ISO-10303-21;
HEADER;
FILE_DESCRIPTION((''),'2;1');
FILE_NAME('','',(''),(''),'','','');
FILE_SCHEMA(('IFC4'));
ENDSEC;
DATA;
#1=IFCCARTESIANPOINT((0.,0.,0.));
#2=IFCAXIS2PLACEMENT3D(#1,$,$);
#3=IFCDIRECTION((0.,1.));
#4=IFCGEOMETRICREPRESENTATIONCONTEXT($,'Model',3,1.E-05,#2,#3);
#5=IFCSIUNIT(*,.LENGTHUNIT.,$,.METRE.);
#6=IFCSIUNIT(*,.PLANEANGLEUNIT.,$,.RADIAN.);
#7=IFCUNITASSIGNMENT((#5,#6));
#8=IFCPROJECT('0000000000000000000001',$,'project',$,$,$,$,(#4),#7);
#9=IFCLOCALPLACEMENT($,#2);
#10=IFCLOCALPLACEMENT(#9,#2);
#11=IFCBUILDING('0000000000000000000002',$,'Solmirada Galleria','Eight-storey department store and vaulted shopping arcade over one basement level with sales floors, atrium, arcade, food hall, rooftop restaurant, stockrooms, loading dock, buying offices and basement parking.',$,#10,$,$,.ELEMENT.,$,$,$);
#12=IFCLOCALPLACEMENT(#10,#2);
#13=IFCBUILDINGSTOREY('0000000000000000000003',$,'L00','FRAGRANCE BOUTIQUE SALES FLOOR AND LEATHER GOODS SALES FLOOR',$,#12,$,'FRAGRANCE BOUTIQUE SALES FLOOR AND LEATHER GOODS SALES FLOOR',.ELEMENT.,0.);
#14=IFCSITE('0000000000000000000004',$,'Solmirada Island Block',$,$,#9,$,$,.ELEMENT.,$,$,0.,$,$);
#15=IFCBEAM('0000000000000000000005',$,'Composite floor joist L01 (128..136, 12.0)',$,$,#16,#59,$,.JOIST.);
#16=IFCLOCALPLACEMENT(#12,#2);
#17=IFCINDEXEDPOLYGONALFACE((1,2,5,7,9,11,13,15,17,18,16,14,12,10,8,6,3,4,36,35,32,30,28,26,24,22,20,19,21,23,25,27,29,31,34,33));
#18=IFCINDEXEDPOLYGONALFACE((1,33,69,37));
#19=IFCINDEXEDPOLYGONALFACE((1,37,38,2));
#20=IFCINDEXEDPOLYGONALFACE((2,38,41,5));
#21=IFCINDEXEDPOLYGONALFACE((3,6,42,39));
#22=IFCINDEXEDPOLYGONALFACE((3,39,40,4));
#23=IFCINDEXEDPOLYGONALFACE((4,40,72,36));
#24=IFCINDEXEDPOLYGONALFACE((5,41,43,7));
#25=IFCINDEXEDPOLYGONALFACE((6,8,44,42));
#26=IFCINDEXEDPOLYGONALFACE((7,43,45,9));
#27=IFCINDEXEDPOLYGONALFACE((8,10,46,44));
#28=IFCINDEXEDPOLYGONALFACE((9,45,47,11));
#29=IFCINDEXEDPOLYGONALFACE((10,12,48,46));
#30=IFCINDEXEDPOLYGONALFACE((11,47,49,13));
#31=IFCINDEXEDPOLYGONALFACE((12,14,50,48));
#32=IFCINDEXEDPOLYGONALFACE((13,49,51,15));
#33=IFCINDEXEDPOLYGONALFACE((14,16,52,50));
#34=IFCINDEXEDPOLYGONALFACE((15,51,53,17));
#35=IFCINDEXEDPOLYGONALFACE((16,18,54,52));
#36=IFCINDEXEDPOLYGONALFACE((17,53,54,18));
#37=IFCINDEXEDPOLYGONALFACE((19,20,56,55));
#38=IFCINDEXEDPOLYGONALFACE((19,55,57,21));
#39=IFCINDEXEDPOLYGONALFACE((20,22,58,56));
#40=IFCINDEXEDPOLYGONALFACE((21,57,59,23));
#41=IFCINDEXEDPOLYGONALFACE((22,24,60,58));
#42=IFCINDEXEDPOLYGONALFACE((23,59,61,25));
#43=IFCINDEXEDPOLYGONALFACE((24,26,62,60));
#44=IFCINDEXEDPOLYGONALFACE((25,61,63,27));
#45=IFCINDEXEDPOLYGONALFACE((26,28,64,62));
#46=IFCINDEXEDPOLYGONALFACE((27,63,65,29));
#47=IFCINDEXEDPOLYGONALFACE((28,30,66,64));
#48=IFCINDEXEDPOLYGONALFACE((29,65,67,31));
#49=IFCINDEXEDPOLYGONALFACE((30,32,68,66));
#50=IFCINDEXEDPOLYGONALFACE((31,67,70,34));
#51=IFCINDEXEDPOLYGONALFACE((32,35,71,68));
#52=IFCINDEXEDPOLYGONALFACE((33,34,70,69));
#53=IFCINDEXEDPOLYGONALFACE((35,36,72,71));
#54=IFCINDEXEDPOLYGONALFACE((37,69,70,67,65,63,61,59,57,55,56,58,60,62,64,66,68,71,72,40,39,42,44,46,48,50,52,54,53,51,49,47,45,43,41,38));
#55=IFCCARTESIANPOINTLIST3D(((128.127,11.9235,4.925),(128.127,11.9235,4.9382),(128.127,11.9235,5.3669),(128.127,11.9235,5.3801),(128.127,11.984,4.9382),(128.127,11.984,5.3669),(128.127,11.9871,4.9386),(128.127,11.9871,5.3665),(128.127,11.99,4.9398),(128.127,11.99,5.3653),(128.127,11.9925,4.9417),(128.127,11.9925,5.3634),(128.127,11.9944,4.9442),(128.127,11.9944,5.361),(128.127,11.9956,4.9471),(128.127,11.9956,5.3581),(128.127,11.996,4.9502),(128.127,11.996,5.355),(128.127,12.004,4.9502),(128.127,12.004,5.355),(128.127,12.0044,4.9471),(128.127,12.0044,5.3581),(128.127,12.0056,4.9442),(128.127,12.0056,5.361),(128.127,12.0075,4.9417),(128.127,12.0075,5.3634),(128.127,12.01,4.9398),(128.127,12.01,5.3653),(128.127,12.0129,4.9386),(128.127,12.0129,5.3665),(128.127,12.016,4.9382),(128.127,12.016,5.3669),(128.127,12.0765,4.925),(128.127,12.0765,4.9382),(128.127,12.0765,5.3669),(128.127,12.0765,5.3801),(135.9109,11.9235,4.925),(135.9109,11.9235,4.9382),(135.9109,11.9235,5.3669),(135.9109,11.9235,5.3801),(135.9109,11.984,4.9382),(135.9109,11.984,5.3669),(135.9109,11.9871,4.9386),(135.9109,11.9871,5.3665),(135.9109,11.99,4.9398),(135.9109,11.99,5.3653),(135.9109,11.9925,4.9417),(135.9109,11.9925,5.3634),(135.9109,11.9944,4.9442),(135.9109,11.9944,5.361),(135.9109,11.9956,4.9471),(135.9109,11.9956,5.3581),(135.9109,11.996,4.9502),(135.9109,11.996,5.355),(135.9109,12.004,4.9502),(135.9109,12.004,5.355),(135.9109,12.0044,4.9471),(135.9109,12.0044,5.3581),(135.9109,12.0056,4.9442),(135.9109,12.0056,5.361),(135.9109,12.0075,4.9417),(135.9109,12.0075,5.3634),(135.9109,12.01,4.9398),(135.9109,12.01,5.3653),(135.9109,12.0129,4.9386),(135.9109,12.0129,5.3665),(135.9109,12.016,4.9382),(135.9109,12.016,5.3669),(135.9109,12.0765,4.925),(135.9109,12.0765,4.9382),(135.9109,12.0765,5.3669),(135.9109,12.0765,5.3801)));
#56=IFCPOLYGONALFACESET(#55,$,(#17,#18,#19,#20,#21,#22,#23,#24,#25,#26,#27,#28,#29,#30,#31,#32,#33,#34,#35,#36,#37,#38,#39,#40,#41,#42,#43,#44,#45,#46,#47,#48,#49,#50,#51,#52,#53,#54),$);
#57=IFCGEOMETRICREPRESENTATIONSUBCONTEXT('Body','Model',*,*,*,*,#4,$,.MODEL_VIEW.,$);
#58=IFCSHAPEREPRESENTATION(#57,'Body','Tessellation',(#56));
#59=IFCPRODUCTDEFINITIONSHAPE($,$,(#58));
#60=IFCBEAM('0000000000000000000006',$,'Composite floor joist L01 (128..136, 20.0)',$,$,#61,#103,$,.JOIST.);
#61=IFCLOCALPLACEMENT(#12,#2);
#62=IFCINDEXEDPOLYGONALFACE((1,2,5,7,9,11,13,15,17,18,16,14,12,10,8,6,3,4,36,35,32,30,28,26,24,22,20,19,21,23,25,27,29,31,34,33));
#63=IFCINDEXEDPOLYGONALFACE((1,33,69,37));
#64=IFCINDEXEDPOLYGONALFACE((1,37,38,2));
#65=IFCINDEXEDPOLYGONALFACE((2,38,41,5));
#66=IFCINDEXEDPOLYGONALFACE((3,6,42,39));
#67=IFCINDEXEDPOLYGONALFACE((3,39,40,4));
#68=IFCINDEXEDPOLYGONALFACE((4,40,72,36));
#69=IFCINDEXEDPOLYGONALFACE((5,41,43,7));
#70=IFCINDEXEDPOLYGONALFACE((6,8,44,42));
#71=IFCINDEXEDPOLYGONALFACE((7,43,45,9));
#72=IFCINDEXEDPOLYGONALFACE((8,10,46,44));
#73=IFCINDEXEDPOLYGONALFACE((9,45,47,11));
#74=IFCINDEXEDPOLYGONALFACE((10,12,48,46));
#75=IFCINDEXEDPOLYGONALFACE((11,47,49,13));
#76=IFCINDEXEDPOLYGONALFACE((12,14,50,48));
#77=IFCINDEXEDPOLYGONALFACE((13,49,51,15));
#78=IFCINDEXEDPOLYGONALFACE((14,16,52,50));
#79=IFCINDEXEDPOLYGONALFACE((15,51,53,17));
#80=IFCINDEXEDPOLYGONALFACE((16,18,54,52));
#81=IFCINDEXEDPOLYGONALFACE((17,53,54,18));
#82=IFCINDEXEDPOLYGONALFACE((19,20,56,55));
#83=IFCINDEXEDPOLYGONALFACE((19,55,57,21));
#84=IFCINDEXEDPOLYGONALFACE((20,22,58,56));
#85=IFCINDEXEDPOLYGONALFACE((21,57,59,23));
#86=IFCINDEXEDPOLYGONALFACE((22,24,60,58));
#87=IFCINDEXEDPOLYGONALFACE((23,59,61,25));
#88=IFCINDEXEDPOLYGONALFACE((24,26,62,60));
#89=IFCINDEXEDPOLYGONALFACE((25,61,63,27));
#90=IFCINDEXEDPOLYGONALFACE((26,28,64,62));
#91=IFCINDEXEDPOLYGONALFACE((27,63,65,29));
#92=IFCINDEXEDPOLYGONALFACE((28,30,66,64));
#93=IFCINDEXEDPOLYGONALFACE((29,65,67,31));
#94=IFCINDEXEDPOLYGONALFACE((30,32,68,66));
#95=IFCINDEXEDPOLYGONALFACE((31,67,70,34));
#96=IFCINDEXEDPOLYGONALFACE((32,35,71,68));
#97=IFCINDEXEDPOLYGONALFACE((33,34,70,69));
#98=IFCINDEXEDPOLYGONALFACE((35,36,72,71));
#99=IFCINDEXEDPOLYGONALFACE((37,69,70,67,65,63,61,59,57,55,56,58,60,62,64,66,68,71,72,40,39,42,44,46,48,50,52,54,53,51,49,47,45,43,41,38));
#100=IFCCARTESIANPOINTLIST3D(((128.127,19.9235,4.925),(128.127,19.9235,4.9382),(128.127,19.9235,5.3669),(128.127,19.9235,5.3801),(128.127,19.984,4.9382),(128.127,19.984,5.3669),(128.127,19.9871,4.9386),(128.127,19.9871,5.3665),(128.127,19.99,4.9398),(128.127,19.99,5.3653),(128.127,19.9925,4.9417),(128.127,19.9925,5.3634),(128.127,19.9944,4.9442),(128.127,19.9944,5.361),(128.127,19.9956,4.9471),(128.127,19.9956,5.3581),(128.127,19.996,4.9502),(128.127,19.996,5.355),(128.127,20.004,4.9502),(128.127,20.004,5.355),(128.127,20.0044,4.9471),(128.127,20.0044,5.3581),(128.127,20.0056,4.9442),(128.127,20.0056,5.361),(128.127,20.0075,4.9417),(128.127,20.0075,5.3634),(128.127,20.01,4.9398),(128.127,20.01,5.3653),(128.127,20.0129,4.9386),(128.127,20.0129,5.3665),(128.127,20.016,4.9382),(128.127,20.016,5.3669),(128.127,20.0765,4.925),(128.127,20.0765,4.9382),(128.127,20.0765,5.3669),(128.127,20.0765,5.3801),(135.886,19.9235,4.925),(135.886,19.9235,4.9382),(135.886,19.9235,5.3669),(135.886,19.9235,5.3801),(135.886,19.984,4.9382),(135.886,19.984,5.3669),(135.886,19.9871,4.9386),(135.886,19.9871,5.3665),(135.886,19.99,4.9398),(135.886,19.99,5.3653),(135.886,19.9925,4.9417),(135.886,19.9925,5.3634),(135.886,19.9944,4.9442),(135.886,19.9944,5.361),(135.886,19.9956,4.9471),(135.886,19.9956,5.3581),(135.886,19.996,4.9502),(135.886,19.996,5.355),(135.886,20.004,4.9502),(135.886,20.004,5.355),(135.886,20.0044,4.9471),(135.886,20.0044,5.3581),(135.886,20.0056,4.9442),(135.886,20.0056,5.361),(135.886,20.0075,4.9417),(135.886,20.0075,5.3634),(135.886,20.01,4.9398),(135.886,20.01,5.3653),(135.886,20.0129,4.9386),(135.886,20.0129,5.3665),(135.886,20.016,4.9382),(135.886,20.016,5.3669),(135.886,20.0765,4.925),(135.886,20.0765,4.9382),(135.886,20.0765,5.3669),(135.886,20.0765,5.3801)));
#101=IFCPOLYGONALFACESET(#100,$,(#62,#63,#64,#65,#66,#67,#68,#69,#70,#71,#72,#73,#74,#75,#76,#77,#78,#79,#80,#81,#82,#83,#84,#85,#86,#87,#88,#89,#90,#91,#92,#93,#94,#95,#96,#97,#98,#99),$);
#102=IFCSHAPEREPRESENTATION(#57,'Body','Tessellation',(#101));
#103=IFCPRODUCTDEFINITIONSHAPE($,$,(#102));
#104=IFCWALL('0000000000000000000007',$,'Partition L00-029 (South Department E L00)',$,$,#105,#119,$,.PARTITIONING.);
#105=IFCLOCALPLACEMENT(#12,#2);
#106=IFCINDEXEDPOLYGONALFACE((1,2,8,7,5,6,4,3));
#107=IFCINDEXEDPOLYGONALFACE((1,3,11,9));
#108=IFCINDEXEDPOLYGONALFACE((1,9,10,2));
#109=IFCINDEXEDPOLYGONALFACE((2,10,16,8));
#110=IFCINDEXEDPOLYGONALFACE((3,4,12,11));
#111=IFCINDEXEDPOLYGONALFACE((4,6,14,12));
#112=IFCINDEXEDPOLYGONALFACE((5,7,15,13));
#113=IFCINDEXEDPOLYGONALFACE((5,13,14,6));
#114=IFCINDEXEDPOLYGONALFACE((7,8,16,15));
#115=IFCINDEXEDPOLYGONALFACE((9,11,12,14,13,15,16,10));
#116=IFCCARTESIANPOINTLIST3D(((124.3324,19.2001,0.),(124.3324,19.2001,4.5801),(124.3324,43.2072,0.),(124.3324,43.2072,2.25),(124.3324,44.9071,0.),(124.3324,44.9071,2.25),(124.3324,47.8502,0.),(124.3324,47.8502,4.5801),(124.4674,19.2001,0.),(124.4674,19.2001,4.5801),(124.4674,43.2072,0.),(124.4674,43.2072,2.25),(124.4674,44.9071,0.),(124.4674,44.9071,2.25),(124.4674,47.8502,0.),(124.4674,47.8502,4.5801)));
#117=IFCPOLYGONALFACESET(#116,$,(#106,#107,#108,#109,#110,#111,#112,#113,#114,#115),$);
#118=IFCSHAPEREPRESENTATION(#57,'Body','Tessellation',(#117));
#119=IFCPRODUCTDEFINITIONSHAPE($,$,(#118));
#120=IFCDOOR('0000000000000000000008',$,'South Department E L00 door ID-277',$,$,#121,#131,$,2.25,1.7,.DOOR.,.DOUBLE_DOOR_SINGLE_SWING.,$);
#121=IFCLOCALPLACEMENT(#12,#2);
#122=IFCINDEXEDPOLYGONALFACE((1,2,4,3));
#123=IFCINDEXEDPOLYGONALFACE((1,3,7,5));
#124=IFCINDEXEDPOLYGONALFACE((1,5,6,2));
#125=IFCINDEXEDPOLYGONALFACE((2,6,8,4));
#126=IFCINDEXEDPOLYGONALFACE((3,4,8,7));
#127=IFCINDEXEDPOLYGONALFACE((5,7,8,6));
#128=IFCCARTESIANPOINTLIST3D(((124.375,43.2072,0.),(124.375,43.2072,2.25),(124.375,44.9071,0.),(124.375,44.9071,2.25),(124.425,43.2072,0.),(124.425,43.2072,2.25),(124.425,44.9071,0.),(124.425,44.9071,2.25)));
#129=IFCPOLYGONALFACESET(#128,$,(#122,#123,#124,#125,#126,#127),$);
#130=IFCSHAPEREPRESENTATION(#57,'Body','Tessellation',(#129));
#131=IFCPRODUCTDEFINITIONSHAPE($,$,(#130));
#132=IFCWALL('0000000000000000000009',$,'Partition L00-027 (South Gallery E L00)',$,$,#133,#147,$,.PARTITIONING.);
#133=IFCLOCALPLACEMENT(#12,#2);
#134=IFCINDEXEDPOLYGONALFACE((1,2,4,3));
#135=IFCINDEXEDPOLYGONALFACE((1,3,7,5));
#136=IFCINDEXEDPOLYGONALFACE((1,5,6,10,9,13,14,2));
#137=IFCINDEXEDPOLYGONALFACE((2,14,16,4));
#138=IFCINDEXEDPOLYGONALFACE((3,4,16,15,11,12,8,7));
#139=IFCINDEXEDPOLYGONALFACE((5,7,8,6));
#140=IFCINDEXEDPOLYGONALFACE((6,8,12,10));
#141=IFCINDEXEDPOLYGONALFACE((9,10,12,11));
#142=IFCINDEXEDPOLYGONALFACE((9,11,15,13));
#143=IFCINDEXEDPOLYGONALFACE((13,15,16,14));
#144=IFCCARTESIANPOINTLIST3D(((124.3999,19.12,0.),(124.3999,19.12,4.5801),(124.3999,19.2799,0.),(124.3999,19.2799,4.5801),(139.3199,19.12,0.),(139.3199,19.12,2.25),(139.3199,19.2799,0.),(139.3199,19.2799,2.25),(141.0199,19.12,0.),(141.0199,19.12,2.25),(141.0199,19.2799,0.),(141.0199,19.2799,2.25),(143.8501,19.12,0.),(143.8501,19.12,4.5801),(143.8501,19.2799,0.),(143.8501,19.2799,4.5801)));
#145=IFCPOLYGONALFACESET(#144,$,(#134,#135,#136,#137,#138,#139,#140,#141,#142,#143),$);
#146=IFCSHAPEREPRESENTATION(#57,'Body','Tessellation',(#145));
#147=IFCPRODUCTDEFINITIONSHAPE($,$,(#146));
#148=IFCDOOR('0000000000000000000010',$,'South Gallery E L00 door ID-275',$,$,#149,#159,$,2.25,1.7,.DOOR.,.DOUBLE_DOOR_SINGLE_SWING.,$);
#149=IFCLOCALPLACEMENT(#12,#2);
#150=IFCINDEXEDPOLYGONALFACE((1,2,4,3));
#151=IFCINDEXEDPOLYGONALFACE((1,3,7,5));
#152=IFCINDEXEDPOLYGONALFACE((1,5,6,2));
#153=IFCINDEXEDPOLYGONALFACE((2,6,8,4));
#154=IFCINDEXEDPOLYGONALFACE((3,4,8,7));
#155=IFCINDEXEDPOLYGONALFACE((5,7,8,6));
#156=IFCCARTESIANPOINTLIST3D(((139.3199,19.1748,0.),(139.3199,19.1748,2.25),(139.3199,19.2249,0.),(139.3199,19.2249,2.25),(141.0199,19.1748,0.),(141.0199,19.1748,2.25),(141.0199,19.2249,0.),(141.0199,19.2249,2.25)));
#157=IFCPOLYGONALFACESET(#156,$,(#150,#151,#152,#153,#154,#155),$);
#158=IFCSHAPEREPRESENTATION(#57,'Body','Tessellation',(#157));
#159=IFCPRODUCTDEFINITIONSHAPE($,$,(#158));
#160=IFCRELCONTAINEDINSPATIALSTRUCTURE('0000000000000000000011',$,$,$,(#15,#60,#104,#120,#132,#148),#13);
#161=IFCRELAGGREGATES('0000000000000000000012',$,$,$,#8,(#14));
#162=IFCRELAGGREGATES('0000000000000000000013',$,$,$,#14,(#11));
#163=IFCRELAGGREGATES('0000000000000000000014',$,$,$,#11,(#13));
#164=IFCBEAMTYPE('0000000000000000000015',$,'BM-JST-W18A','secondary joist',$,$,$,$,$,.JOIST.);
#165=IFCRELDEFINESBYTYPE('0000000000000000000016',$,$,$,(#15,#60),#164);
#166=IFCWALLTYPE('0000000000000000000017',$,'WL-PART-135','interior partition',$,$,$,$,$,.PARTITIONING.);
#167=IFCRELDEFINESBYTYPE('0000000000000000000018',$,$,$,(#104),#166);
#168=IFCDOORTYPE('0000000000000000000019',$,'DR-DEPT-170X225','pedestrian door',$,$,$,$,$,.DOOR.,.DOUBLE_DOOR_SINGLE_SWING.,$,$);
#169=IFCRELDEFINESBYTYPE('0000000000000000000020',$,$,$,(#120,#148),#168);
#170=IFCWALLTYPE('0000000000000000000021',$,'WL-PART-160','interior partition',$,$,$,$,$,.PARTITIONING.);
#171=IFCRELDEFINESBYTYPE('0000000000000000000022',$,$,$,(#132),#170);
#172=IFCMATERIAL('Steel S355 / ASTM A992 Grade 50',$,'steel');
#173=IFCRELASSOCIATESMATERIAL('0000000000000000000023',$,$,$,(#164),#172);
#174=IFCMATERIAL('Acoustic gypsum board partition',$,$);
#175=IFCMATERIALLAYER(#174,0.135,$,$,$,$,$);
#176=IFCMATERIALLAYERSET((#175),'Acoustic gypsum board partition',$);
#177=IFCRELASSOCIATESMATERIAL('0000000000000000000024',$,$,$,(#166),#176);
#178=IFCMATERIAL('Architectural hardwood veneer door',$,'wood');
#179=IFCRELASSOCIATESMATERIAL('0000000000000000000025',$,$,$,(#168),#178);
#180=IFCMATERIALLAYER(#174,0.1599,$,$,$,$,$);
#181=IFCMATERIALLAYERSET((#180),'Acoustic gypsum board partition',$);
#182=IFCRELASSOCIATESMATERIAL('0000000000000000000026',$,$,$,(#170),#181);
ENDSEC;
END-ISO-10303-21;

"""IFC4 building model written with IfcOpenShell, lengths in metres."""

from ifc_helpers import new_model, si_unit, direction, frame, frame_2d, origin, origin_2d, place, context, subcontext, project, spatial, rectangle, i_section, extrude, material, layer, layer_set, material_profile, profile_set, type_object, element, fill, save


model = new_model("IFC4")

# Units and contexts
model_context = context("Model", 3, precision=1e-05, world=origin(), true_north=direction((0.0, 1.0)))
body_context = subcontext(model_context, "Body", "Model", "MODEL_VIEW")
ifc_project = project(units=[si_unit("LENGTHUNIT", "METRE"), si_unit("PLANEANGLEUNIT", "RADIAN")], contexts=[model_context])

# Site, building, storey
site_placement = place(None, origin())
site = spatial("IfcSite", under=ifc_project, at=site_placement, Name="Solmirada Island Block", CompositionType="ELEMENT", RefElevation=0.0)
building_placement = place(site_placement, origin())
building = spatial("IfcBuilding", under=site, at=building_placement, Name="Solmirada Galleria", Description="Eight-storey department store and vaulted shopping arcade over one basement level with sales floors, atrium, arcade, food hall, rooftop restaurant, stockrooms, loading dock, buying offices and basement parking.", CompositionType="ELEMENT")
storey_placement = place(building_placement, origin())
storey = spatial("IfcBuildingStorey", under=building, at=storey_placement, Name="L00", Description="FRAGRANCE BOUTIQUE SALES FLOOR AND LEATHER GOODS SALES FLOOR", LongName="FRAGRANCE BOUTIQUE SALES FLOOR AND LEATHER GOODS SALES FLOOR", CompositionType="ELEMENT", Elevation=0.0)

# Beams
ifc_material_1 = material(Name="Steel S355 / ASTM A992 Grade 50", Category="steel")
ifc_material_profile_1 = material_profile(ifc_material_1, i_section(OverallWidth=0.1531, OverallDepth=0.4551, WebThickness=0.0081, FlangeThickness=0.0132, FilletRadius=0.012, at=origin_2d()), Name="W18X40")
ifc_profile_set_1 = profile_set([ifc_material_profile_1], Name="Steel S355 / ASTM A992 Grade 50")
beam_type_1 = type_object("IfcBeamType", Name="BM-JST-W18A", Description="secondary joist", PredefinedType="JOIST", material=ifc_profile_set_1)
beam_1_placement = place(storey_placement, frame((128.127, 12.0, 5.1526), z_axis=(1.0, 0.0, 0.0), x_axis=(0.0, 1.0, 0.0)))
element("IfcBeam", 1, at=beam_1_placement, inside=storey, type_object=beam_type_1, Name="Composite floor joist L01 (128..136, 12.0)", PredefinedType="JOIST", context=body_context, shape_type="SweptSolid", body=[
    extrude(i_section(OverallWidth=0.1531, OverallDepth=0.4551, WebThickness=0.0081, FlangeThickness=0.0132, FilletRadius=0.012, at=origin_2d()), origin(), (0.0, 0.0, 1.0), 7.7839),
])
beam_2_placement = place(storey_placement, frame((128.127, 20.0, 5.1526), z_axis=(1.0, 0.0, 0.0), x_axis=(0.0, 1.0, 0.0)))
element("IfcBeam", 2, at=beam_2_placement, inside=storey, type_object=beam_type_1, Name="Composite floor joist L01 (128..136, 20.0)", PredefinedType="JOIST", context=body_context, shape_type="SweptSolid", body=[
    extrude(i_section(OverallWidth=0.1531, OverallDepth=0.4551, WebThickness=0.0081, FlangeThickness=0.0132, FilletRadius=0.012, at=origin_2d()), origin(), (0.0, 0.0, 1.0), 7.759),
])

# Walls, openings, doors
ifc_material_2 = material(Name="Acoustic gypsum board partition")
ifc_layer_1 = layer(ifc_material_2, 0.135)
ifc_layer_set_1 = layer_set([ifc_layer_1], Name="Acoustic gypsum board partition")
wall_type_1 = type_object("IfcWallType", Name="WL-PART-135", Description="interior partition", PredefinedType="PARTITIONING", material=ifc_layer_set_1)
wall_1_placement = place(storey_placement, frame((124.3999, 19.2, 0.0), z_axis=(0.0, 0.0, 1.0), x_axis=(0.0, 1.0, 0.0)))
wall_1 = element("IfcWall", 3, at=wall_1_placement, inside=storey, type_object=wall_type_1, Name="Partition L00-029 (South Department E L00)", PredefinedType="PARTITIONING", context=body_context, shape_type="SweptSolid", body=[
    extrude(rectangle(XDim=28.6501, YDim=0.135, at=frame_2d((14.3252, 0.0))), origin(), (0.0, 0.0, 1.0), 4.5801),
])
opening_1_placement = place(wall_1_placement, frame((24.0071, 0.0, 0.0)))
opening_1 = element("IfcOpeningElement", 4, at=opening_1_placement, cuts=wall_1, PredefinedType="OPENING", context=body_context, shape_type="SweptSolid", body=[
    extrude(rectangle(XDim=1.7, YDim=2.25, at=frame_2d((0.8501, 1.125))), frame((0.0, 0.0774, 0.0), z_axis=(0.0, -1.0, 0.0), x_axis=(1.0, 0.0, 0.0)), (0.0, 0.0, 1.0), 0.155),
])
ifc_material_3 = material(Name="Architectural hardwood veneer door", Category="wood")
door_type = type_object("IfcDoorType", Name="DR-DEPT-170X225", Description="pedestrian door", OperationType="DOUBLE_DOOR_SINGLE_SWING", PredefinedType="DOOR", material=ifc_material_3)
door_1_placement = place(opening_1_placement, origin())
door_1 = element("IfcDoor", 5, at=door_1_placement, inside=storey, type_object=door_type, Name="South Department E L00 door ID-277", OperationType="DOUBLE_DOOR_SINGLE_SWING", OverallHeight=2.25, OverallWidth=1.7, PredefinedType="DOOR", context=body_context, shape_type="SweptSolid", body=[
    extrude(rectangle(XDim=1.7, YDim=2.25, at=frame_2d((0.8501, 1.125))), frame((0.0, 0.0249, 0.0), z_axis=(0.0, -1.0, 0.0), x_axis=(1.0, 0.0, 0.0)), (0.0, 0.0, 1.0), 0.05),
])
fill(opening_1, door_1)
ifc_layer_2 = layer(ifc_material_2, 0.1599)
ifc_layer_set_2 = layer_set([ifc_layer_2], Name="Acoustic gypsum board partition")
wall_type_2 = type_object("IfcWallType", Name="WL-PART-160", Description="interior partition", PredefinedType="PARTITIONING", material=ifc_layer_set_2)
wall_2_placement = place(storey_placement, frame((124.3999, 19.2, 0.0), z_axis=(0.0, 0.0, 1.0), x_axis=(1.0, 0.0, 0.0)))
wall_2 = element("IfcWall", 6, at=wall_2_placement, inside=storey, type_object=wall_type_2, Name="Partition L00-027 (South Gallery E L00)", PredefinedType="PARTITIONING", context=body_context, shape_type="SweptSolid", body=[
    extrude(rectangle(XDim=19.4502, YDim=0.1599, at=frame_2d((9.7251, 0.0))), origin(), (0.0, 0.0, 1.0), 4.5801),
])
opening_2_placement = place(wall_2_placement, frame((14.9199, 0.0, 0.0)))
opening_2 = element("IfcOpeningElement", 7, at=opening_2_placement, cuts=wall_2, PredefinedType="OPENING", context=body_context, shape_type="SweptSolid", body=[
    extrude(rectangle(XDim=1.7, YDim=2.25, at=frame_2d((0.8501, 1.125))), frame((0.0, 0.0898, 0.0), z_axis=(0.0, -1.0, 0.0), x_axis=(1.0, 0.0, 0.0)), (0.0, 0.0, 1.0), 0.1799),
])
door_2_placement = place(opening_2_placement, origin())
door_2 = element("IfcDoor", 8, at=door_2_placement, inside=storey, type_object=door_type, Name="South Gallery E L00 door ID-275", OperationType="DOUBLE_DOOR_SINGLE_SWING", OverallHeight=2.25, OverallWidth=1.7, PredefinedType="DOOR", context=body_context, shape_type="SweptSolid", body=[
    extrude(rectangle(XDim=1.7, YDim=2.25, at=frame_2d((0.8501, 1.125))), frame((0.0, 0.0249, 0.0), z_axis=(0.0, -1.0, 0.0), x_axis=(1.0, 0.0, 0.0)), (0.0, 0.0, 1.0), 0.05),
])
fill(opening_2, door_2)

save(model, "model.ifc")
